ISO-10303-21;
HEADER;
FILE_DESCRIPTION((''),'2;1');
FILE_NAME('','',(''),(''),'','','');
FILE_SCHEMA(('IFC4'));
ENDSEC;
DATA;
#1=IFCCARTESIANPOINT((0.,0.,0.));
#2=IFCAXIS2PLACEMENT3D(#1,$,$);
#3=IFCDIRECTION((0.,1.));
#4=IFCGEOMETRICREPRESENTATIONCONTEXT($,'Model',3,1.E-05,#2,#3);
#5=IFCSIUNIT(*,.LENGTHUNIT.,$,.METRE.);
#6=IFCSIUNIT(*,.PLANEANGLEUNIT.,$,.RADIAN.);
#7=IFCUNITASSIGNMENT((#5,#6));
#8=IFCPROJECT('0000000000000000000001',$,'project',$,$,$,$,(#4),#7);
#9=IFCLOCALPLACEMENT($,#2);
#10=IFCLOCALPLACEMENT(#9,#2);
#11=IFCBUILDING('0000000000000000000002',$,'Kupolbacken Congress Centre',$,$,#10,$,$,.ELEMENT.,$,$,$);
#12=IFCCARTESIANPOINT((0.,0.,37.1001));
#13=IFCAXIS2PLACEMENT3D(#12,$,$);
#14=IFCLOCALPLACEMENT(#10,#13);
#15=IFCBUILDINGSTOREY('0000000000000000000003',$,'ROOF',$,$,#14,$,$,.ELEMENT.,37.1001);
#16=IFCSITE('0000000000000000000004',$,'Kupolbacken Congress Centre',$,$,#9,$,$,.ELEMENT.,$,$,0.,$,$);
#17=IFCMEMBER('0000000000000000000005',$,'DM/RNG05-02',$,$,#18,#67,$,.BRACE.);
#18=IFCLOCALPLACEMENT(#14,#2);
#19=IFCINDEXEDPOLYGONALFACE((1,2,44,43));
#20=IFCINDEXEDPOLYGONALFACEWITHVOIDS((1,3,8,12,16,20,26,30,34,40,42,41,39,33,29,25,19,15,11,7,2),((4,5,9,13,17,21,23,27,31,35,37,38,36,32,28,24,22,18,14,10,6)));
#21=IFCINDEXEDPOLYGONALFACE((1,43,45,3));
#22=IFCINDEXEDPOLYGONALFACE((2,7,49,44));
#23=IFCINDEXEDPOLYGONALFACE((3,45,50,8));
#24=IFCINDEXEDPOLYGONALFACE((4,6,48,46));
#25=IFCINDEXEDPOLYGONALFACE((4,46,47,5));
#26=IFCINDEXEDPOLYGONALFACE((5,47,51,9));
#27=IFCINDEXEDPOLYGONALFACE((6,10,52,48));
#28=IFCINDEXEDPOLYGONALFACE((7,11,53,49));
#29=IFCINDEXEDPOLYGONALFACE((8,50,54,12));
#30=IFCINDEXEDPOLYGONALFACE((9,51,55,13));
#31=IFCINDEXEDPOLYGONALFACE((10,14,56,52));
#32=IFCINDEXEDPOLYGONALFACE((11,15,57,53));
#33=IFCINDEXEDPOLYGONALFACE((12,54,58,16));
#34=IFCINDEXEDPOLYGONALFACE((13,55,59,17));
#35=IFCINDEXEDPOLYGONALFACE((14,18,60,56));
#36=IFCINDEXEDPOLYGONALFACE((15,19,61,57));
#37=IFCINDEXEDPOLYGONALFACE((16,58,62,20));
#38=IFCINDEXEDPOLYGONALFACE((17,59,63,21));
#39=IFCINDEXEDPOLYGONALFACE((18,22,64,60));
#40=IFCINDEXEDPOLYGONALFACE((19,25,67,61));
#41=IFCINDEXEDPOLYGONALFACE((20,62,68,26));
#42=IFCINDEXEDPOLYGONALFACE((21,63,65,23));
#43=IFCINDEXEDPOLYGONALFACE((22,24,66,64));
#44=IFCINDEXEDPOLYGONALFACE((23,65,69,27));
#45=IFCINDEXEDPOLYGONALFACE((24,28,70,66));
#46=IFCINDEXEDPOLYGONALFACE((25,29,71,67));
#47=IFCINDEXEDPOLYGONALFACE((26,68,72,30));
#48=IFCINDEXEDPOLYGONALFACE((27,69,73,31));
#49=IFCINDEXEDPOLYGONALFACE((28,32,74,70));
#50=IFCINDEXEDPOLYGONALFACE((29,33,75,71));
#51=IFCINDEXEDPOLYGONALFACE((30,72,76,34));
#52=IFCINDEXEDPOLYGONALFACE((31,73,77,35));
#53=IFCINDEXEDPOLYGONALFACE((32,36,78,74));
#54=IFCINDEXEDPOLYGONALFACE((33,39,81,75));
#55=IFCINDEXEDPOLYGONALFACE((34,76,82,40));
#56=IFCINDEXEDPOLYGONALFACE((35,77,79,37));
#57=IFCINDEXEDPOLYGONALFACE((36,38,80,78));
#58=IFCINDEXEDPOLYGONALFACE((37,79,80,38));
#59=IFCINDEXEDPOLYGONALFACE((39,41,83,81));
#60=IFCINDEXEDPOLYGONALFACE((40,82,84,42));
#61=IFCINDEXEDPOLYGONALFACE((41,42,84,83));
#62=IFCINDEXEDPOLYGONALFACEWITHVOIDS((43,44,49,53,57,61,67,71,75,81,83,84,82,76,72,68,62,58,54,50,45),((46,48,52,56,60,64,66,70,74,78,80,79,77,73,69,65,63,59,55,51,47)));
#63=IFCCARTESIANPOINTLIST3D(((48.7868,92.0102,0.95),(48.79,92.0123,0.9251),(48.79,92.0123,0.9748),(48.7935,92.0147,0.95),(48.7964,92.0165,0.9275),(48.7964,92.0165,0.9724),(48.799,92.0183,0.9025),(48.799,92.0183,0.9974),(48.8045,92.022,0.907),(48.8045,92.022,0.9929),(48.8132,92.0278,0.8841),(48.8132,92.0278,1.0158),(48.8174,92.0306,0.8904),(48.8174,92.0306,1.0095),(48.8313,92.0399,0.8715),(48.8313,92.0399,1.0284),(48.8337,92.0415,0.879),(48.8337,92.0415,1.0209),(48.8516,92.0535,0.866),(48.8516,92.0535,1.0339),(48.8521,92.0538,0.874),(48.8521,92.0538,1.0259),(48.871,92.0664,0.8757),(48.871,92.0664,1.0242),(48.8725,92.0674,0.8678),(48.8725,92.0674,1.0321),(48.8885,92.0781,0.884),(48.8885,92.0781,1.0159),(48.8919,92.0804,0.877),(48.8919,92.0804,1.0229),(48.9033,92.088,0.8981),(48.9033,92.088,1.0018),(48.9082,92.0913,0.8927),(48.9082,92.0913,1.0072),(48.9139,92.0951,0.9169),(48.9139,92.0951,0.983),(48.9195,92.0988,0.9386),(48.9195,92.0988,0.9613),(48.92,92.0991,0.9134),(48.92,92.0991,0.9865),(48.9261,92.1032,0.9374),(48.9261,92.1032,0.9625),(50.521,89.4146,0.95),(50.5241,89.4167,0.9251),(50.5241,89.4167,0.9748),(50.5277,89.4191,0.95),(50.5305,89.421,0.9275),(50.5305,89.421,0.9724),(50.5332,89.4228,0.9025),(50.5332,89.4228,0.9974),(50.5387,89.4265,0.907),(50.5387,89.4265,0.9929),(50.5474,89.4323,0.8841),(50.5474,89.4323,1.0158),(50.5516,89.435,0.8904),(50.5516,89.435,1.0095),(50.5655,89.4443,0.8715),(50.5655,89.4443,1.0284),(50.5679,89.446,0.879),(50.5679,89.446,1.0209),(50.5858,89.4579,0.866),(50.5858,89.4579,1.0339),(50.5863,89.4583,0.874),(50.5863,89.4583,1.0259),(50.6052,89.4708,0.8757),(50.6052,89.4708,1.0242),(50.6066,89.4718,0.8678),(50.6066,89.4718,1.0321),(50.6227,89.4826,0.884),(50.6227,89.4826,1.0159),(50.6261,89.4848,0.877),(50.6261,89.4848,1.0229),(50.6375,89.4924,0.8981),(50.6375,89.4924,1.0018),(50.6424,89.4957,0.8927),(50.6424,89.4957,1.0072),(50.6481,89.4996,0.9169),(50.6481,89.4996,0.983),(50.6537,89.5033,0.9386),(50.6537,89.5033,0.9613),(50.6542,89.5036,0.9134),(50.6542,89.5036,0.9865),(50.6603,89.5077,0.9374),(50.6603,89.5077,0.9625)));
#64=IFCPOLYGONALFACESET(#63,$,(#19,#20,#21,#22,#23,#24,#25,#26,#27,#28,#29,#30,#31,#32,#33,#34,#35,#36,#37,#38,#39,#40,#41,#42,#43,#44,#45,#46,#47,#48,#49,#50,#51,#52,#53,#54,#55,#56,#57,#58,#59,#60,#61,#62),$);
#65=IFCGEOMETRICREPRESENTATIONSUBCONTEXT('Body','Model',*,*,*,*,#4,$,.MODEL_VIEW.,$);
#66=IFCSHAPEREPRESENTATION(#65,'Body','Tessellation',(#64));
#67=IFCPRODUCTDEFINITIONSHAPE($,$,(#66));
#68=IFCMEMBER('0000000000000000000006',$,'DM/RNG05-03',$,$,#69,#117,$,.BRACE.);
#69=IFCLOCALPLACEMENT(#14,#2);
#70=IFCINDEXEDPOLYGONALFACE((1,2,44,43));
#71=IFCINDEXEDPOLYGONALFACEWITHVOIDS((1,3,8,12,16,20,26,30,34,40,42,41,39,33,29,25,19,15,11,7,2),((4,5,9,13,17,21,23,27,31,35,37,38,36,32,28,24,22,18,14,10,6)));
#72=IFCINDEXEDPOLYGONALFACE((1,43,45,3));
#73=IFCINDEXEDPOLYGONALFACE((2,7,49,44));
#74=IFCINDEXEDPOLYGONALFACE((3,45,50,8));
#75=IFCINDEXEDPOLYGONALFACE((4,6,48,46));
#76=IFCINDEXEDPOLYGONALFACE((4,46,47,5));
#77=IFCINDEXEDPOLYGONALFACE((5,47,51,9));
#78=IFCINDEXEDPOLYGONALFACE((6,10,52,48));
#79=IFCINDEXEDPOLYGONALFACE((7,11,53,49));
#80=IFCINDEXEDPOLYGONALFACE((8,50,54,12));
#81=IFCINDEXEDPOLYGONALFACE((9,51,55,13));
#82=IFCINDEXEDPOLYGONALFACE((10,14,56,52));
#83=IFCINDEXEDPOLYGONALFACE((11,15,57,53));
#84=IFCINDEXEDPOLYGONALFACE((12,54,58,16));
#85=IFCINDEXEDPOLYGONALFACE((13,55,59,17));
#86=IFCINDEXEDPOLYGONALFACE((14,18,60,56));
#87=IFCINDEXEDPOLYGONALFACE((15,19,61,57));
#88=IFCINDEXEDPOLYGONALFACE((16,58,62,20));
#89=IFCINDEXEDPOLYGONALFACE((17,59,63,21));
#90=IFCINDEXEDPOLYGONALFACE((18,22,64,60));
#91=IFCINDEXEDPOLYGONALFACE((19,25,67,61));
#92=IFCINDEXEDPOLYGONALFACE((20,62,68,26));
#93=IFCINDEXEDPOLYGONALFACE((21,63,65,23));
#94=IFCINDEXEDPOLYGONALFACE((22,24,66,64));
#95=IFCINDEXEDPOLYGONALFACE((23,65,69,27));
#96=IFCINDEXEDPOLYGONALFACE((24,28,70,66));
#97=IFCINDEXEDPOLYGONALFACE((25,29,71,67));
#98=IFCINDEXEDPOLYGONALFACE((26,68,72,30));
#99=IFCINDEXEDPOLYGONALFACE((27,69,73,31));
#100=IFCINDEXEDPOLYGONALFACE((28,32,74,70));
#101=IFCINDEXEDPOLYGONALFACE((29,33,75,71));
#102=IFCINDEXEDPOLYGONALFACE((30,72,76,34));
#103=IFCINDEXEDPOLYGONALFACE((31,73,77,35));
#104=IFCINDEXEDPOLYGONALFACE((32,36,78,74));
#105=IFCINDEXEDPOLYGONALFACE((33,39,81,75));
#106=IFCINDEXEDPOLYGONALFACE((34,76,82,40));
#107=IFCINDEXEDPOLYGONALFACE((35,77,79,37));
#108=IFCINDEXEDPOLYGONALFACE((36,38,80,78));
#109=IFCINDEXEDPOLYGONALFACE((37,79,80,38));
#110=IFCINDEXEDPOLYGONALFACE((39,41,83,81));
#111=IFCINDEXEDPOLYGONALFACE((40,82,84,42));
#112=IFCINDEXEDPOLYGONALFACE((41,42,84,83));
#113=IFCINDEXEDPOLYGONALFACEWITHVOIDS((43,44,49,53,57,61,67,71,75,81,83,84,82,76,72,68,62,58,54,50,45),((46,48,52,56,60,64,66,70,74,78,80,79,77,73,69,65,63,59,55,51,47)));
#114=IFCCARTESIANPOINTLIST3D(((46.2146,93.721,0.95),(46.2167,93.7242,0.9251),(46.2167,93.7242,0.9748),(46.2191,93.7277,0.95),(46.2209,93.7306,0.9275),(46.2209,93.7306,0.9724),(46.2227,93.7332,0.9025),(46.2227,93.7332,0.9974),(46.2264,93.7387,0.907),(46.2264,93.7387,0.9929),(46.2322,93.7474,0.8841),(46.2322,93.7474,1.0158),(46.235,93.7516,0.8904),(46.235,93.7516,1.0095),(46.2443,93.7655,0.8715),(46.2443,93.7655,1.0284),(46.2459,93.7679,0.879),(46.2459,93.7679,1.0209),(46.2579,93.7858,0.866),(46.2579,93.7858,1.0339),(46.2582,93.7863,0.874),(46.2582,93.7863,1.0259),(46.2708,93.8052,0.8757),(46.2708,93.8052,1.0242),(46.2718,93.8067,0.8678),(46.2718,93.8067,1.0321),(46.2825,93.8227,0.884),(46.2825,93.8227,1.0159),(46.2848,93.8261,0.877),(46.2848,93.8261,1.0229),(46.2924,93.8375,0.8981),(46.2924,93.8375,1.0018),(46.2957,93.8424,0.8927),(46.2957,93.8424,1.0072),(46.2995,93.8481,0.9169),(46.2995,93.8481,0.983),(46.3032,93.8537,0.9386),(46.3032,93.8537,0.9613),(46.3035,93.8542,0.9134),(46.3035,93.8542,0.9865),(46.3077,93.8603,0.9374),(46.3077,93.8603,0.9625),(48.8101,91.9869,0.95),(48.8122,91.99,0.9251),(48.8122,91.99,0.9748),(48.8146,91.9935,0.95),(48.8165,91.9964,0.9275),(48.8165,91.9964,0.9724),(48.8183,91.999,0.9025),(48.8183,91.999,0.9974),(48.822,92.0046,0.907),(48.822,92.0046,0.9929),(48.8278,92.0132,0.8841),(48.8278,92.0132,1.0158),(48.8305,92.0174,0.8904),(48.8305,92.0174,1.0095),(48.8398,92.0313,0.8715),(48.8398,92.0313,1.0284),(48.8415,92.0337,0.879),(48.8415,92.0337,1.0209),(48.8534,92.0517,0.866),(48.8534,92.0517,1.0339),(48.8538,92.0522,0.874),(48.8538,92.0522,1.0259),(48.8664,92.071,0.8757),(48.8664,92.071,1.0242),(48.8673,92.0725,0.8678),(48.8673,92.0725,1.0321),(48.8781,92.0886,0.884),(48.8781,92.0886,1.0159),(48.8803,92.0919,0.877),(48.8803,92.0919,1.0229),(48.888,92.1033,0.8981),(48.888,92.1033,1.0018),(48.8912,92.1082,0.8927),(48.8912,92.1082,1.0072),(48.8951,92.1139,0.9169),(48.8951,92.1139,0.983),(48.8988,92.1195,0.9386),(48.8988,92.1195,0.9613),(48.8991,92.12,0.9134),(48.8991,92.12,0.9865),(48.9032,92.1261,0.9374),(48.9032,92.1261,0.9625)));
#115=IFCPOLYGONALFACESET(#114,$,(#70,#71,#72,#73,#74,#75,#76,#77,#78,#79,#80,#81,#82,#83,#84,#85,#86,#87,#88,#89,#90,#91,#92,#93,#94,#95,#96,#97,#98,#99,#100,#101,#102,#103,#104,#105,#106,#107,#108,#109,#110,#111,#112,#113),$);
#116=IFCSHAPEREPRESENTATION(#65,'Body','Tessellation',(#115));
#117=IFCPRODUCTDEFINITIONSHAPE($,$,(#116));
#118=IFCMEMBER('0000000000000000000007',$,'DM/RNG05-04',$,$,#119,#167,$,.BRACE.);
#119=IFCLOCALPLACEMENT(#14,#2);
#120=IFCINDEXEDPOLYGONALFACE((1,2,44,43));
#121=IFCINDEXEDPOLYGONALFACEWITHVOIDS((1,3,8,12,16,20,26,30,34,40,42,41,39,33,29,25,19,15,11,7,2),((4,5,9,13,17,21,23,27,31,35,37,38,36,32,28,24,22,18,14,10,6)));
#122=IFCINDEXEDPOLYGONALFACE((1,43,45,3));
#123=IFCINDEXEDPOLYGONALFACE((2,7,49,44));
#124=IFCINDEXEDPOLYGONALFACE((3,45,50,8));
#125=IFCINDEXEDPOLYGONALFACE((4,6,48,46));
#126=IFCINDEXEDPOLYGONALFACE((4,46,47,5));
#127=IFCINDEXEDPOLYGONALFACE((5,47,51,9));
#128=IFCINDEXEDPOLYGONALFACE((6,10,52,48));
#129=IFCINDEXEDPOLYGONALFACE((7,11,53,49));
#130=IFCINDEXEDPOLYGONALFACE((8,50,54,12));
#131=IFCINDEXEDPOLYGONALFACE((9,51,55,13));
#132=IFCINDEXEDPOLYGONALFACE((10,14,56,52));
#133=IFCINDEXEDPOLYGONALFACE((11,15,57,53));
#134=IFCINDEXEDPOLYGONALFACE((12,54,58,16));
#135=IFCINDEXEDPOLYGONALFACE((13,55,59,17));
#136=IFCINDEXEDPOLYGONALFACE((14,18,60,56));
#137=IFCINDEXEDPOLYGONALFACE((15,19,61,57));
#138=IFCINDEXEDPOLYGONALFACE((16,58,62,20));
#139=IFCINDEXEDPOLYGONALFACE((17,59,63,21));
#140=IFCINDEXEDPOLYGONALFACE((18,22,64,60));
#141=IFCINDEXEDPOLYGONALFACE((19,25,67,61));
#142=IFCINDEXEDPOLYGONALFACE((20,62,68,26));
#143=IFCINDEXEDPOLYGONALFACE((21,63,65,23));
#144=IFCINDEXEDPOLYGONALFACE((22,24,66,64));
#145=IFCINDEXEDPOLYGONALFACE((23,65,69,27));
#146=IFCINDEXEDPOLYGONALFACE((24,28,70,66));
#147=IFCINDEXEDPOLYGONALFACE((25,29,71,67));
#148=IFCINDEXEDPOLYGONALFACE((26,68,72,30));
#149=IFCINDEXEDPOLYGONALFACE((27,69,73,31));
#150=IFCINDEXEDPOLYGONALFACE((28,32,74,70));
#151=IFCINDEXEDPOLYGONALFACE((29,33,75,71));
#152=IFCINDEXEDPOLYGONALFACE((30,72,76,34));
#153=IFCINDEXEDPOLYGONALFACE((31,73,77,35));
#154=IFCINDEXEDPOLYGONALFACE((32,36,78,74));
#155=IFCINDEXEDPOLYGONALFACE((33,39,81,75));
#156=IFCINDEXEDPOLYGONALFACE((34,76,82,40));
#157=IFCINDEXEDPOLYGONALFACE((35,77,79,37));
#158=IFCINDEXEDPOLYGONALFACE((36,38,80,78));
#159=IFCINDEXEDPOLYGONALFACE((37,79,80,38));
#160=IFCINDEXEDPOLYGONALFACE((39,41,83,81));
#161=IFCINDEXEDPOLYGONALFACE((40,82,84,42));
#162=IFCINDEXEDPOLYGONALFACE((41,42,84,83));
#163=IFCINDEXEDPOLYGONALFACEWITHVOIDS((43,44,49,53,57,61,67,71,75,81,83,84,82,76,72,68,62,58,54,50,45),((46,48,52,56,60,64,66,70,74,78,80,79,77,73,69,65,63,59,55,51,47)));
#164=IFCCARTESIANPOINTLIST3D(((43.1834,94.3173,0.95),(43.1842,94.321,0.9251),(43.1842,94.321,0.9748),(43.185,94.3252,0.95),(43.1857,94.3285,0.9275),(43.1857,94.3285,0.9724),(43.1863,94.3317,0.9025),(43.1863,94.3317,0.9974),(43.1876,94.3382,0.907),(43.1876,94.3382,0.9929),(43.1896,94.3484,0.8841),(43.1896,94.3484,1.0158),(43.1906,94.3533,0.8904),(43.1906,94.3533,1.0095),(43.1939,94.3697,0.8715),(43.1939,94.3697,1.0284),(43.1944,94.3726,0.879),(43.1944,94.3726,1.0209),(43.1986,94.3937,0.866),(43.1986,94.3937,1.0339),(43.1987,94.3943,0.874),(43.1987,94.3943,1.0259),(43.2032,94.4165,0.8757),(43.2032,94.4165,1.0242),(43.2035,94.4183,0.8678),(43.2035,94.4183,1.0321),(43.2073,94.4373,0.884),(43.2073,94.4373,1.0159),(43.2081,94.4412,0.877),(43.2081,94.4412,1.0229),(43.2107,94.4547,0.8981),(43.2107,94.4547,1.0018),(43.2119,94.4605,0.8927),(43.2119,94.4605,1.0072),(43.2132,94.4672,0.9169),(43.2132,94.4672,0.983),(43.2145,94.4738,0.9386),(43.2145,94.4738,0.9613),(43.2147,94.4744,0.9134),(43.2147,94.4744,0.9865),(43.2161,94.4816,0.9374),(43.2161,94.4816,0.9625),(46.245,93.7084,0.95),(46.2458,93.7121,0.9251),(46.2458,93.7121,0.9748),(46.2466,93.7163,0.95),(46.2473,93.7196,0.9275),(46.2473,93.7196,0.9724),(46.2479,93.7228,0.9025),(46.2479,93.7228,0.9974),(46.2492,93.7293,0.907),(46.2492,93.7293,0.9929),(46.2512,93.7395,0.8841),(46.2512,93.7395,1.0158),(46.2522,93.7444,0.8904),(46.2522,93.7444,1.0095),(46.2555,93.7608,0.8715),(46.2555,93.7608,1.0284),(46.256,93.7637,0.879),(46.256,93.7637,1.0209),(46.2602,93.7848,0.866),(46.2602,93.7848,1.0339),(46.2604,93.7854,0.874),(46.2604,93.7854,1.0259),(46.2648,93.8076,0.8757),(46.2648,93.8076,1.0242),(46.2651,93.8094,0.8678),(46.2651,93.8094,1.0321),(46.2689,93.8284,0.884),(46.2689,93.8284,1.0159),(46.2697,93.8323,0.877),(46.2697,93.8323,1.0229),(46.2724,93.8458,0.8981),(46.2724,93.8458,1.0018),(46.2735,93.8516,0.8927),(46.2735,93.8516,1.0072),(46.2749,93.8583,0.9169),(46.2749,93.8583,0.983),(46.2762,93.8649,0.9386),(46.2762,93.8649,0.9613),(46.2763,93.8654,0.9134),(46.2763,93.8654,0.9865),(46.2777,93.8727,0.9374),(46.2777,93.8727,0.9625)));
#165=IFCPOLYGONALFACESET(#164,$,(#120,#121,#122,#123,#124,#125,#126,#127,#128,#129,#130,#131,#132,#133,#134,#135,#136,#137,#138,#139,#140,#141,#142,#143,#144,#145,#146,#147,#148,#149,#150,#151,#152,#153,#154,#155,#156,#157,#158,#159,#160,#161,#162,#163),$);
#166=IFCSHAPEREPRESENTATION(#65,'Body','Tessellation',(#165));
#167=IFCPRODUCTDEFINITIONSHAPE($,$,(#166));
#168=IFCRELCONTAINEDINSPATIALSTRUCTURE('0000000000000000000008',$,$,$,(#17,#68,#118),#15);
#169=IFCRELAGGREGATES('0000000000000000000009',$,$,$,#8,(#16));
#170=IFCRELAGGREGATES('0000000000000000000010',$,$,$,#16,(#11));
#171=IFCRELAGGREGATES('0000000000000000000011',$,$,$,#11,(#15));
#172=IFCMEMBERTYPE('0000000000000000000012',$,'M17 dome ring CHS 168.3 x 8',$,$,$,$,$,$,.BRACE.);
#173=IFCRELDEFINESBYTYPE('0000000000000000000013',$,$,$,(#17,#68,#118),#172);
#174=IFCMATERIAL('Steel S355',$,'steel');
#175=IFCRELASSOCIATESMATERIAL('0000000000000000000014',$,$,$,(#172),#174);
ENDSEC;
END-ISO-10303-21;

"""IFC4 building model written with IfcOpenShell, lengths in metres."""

from ifc_helpers import new_model, si_unit, direction, frame, origin, origin_2d, place, context, subcontext, project, spatial, hollow_circle, extrude, material, material_profile, profile_set, type_object, element, save


model = new_model("IFC4")

# Units and contexts
model_context = context("Model", 3, precision=1e-05, world=origin(), true_north=direction((0.0, 1.0)))
body_context = subcontext(model_context, "Body", "Model", "MODEL_VIEW")
ifc_project = project(units=[si_unit("LENGTHUNIT", "METRE"), si_unit("PLANEANGLEUNIT", "RADIAN")], contexts=[model_context])

# Site, building, storey
site_placement = place(None, origin())
site = spatial("IfcSite", under=ifc_project, at=site_placement, Name="Kupolbacken Congress Centre", CompositionType="ELEMENT", RefElevation=0.0)
building_placement = place(site_placement, origin())
building = spatial("IfcBuilding", under=site, at=building_placement, Name="Kupolbacken Congress Centre", CompositionType="ELEMENT")
storey_placement = place(building_placement, frame((0.0, 0.0, 37.1001)))
storey = spatial("IfcBuildingStorey", under=building, at=storey_placement, Name="ROOF", CompositionType="ELEMENT", Elevation=37.1001)

# Members
ifc_material_1 = material(Name="Steel S355", Category="steel")
ifc_material_profile_1 = material_profile(ifc_material_1, hollow_circle(Radius=0.0842, WallThickness=0.0081, at=origin_2d()), Name="CHS 168.3 x 8")
ifc_profile_set_1 = profile_set([ifc_material_profile_1], Name="Steel S355")
member_type_1 = type_object("IfcMemberType", Name="M17 dome ring CHS 168.3 x 8", PredefinedType="BRACE", material=ifc_profile_set_1)
for number, where, z_axis, x_axis, name in (
    (1, (50.5911, 89.4614, 0.95), (-0.555548, 0.831484, 0.0), (-0.831484, -0.555548, 0.0), "DM/RNG05-02"),
    (2, (48.8569, 92.0569, 0.95), (-0.831484, 0.555548, 0.0), (-0.555548, -0.831484, 0.0), "DM/RNG05-03"),
    (3, (46.2615, 93.791, 0.95), (-0.980791, 0.195063, 0.0), (-0.195063, -0.980791, 0.0), "DM/RNG05-04"),
):
    element("IfcMember", number, at=place(storey_placement, frame(where, z_axis=z_axis, x_axis=x_axis)), inside=storey, type_object=member_type_1, Name=name, PredefinedType="BRACE", context=body_context, shape_type="SweptSolid", body=[
        extrude(hollow_circle(Radius=0.0842, WallThickness=0.0081, at=origin_2d()), origin(), (0.0, 0.0, 1.0), 3.1216),
    ])

save(model, "model.ifc")
